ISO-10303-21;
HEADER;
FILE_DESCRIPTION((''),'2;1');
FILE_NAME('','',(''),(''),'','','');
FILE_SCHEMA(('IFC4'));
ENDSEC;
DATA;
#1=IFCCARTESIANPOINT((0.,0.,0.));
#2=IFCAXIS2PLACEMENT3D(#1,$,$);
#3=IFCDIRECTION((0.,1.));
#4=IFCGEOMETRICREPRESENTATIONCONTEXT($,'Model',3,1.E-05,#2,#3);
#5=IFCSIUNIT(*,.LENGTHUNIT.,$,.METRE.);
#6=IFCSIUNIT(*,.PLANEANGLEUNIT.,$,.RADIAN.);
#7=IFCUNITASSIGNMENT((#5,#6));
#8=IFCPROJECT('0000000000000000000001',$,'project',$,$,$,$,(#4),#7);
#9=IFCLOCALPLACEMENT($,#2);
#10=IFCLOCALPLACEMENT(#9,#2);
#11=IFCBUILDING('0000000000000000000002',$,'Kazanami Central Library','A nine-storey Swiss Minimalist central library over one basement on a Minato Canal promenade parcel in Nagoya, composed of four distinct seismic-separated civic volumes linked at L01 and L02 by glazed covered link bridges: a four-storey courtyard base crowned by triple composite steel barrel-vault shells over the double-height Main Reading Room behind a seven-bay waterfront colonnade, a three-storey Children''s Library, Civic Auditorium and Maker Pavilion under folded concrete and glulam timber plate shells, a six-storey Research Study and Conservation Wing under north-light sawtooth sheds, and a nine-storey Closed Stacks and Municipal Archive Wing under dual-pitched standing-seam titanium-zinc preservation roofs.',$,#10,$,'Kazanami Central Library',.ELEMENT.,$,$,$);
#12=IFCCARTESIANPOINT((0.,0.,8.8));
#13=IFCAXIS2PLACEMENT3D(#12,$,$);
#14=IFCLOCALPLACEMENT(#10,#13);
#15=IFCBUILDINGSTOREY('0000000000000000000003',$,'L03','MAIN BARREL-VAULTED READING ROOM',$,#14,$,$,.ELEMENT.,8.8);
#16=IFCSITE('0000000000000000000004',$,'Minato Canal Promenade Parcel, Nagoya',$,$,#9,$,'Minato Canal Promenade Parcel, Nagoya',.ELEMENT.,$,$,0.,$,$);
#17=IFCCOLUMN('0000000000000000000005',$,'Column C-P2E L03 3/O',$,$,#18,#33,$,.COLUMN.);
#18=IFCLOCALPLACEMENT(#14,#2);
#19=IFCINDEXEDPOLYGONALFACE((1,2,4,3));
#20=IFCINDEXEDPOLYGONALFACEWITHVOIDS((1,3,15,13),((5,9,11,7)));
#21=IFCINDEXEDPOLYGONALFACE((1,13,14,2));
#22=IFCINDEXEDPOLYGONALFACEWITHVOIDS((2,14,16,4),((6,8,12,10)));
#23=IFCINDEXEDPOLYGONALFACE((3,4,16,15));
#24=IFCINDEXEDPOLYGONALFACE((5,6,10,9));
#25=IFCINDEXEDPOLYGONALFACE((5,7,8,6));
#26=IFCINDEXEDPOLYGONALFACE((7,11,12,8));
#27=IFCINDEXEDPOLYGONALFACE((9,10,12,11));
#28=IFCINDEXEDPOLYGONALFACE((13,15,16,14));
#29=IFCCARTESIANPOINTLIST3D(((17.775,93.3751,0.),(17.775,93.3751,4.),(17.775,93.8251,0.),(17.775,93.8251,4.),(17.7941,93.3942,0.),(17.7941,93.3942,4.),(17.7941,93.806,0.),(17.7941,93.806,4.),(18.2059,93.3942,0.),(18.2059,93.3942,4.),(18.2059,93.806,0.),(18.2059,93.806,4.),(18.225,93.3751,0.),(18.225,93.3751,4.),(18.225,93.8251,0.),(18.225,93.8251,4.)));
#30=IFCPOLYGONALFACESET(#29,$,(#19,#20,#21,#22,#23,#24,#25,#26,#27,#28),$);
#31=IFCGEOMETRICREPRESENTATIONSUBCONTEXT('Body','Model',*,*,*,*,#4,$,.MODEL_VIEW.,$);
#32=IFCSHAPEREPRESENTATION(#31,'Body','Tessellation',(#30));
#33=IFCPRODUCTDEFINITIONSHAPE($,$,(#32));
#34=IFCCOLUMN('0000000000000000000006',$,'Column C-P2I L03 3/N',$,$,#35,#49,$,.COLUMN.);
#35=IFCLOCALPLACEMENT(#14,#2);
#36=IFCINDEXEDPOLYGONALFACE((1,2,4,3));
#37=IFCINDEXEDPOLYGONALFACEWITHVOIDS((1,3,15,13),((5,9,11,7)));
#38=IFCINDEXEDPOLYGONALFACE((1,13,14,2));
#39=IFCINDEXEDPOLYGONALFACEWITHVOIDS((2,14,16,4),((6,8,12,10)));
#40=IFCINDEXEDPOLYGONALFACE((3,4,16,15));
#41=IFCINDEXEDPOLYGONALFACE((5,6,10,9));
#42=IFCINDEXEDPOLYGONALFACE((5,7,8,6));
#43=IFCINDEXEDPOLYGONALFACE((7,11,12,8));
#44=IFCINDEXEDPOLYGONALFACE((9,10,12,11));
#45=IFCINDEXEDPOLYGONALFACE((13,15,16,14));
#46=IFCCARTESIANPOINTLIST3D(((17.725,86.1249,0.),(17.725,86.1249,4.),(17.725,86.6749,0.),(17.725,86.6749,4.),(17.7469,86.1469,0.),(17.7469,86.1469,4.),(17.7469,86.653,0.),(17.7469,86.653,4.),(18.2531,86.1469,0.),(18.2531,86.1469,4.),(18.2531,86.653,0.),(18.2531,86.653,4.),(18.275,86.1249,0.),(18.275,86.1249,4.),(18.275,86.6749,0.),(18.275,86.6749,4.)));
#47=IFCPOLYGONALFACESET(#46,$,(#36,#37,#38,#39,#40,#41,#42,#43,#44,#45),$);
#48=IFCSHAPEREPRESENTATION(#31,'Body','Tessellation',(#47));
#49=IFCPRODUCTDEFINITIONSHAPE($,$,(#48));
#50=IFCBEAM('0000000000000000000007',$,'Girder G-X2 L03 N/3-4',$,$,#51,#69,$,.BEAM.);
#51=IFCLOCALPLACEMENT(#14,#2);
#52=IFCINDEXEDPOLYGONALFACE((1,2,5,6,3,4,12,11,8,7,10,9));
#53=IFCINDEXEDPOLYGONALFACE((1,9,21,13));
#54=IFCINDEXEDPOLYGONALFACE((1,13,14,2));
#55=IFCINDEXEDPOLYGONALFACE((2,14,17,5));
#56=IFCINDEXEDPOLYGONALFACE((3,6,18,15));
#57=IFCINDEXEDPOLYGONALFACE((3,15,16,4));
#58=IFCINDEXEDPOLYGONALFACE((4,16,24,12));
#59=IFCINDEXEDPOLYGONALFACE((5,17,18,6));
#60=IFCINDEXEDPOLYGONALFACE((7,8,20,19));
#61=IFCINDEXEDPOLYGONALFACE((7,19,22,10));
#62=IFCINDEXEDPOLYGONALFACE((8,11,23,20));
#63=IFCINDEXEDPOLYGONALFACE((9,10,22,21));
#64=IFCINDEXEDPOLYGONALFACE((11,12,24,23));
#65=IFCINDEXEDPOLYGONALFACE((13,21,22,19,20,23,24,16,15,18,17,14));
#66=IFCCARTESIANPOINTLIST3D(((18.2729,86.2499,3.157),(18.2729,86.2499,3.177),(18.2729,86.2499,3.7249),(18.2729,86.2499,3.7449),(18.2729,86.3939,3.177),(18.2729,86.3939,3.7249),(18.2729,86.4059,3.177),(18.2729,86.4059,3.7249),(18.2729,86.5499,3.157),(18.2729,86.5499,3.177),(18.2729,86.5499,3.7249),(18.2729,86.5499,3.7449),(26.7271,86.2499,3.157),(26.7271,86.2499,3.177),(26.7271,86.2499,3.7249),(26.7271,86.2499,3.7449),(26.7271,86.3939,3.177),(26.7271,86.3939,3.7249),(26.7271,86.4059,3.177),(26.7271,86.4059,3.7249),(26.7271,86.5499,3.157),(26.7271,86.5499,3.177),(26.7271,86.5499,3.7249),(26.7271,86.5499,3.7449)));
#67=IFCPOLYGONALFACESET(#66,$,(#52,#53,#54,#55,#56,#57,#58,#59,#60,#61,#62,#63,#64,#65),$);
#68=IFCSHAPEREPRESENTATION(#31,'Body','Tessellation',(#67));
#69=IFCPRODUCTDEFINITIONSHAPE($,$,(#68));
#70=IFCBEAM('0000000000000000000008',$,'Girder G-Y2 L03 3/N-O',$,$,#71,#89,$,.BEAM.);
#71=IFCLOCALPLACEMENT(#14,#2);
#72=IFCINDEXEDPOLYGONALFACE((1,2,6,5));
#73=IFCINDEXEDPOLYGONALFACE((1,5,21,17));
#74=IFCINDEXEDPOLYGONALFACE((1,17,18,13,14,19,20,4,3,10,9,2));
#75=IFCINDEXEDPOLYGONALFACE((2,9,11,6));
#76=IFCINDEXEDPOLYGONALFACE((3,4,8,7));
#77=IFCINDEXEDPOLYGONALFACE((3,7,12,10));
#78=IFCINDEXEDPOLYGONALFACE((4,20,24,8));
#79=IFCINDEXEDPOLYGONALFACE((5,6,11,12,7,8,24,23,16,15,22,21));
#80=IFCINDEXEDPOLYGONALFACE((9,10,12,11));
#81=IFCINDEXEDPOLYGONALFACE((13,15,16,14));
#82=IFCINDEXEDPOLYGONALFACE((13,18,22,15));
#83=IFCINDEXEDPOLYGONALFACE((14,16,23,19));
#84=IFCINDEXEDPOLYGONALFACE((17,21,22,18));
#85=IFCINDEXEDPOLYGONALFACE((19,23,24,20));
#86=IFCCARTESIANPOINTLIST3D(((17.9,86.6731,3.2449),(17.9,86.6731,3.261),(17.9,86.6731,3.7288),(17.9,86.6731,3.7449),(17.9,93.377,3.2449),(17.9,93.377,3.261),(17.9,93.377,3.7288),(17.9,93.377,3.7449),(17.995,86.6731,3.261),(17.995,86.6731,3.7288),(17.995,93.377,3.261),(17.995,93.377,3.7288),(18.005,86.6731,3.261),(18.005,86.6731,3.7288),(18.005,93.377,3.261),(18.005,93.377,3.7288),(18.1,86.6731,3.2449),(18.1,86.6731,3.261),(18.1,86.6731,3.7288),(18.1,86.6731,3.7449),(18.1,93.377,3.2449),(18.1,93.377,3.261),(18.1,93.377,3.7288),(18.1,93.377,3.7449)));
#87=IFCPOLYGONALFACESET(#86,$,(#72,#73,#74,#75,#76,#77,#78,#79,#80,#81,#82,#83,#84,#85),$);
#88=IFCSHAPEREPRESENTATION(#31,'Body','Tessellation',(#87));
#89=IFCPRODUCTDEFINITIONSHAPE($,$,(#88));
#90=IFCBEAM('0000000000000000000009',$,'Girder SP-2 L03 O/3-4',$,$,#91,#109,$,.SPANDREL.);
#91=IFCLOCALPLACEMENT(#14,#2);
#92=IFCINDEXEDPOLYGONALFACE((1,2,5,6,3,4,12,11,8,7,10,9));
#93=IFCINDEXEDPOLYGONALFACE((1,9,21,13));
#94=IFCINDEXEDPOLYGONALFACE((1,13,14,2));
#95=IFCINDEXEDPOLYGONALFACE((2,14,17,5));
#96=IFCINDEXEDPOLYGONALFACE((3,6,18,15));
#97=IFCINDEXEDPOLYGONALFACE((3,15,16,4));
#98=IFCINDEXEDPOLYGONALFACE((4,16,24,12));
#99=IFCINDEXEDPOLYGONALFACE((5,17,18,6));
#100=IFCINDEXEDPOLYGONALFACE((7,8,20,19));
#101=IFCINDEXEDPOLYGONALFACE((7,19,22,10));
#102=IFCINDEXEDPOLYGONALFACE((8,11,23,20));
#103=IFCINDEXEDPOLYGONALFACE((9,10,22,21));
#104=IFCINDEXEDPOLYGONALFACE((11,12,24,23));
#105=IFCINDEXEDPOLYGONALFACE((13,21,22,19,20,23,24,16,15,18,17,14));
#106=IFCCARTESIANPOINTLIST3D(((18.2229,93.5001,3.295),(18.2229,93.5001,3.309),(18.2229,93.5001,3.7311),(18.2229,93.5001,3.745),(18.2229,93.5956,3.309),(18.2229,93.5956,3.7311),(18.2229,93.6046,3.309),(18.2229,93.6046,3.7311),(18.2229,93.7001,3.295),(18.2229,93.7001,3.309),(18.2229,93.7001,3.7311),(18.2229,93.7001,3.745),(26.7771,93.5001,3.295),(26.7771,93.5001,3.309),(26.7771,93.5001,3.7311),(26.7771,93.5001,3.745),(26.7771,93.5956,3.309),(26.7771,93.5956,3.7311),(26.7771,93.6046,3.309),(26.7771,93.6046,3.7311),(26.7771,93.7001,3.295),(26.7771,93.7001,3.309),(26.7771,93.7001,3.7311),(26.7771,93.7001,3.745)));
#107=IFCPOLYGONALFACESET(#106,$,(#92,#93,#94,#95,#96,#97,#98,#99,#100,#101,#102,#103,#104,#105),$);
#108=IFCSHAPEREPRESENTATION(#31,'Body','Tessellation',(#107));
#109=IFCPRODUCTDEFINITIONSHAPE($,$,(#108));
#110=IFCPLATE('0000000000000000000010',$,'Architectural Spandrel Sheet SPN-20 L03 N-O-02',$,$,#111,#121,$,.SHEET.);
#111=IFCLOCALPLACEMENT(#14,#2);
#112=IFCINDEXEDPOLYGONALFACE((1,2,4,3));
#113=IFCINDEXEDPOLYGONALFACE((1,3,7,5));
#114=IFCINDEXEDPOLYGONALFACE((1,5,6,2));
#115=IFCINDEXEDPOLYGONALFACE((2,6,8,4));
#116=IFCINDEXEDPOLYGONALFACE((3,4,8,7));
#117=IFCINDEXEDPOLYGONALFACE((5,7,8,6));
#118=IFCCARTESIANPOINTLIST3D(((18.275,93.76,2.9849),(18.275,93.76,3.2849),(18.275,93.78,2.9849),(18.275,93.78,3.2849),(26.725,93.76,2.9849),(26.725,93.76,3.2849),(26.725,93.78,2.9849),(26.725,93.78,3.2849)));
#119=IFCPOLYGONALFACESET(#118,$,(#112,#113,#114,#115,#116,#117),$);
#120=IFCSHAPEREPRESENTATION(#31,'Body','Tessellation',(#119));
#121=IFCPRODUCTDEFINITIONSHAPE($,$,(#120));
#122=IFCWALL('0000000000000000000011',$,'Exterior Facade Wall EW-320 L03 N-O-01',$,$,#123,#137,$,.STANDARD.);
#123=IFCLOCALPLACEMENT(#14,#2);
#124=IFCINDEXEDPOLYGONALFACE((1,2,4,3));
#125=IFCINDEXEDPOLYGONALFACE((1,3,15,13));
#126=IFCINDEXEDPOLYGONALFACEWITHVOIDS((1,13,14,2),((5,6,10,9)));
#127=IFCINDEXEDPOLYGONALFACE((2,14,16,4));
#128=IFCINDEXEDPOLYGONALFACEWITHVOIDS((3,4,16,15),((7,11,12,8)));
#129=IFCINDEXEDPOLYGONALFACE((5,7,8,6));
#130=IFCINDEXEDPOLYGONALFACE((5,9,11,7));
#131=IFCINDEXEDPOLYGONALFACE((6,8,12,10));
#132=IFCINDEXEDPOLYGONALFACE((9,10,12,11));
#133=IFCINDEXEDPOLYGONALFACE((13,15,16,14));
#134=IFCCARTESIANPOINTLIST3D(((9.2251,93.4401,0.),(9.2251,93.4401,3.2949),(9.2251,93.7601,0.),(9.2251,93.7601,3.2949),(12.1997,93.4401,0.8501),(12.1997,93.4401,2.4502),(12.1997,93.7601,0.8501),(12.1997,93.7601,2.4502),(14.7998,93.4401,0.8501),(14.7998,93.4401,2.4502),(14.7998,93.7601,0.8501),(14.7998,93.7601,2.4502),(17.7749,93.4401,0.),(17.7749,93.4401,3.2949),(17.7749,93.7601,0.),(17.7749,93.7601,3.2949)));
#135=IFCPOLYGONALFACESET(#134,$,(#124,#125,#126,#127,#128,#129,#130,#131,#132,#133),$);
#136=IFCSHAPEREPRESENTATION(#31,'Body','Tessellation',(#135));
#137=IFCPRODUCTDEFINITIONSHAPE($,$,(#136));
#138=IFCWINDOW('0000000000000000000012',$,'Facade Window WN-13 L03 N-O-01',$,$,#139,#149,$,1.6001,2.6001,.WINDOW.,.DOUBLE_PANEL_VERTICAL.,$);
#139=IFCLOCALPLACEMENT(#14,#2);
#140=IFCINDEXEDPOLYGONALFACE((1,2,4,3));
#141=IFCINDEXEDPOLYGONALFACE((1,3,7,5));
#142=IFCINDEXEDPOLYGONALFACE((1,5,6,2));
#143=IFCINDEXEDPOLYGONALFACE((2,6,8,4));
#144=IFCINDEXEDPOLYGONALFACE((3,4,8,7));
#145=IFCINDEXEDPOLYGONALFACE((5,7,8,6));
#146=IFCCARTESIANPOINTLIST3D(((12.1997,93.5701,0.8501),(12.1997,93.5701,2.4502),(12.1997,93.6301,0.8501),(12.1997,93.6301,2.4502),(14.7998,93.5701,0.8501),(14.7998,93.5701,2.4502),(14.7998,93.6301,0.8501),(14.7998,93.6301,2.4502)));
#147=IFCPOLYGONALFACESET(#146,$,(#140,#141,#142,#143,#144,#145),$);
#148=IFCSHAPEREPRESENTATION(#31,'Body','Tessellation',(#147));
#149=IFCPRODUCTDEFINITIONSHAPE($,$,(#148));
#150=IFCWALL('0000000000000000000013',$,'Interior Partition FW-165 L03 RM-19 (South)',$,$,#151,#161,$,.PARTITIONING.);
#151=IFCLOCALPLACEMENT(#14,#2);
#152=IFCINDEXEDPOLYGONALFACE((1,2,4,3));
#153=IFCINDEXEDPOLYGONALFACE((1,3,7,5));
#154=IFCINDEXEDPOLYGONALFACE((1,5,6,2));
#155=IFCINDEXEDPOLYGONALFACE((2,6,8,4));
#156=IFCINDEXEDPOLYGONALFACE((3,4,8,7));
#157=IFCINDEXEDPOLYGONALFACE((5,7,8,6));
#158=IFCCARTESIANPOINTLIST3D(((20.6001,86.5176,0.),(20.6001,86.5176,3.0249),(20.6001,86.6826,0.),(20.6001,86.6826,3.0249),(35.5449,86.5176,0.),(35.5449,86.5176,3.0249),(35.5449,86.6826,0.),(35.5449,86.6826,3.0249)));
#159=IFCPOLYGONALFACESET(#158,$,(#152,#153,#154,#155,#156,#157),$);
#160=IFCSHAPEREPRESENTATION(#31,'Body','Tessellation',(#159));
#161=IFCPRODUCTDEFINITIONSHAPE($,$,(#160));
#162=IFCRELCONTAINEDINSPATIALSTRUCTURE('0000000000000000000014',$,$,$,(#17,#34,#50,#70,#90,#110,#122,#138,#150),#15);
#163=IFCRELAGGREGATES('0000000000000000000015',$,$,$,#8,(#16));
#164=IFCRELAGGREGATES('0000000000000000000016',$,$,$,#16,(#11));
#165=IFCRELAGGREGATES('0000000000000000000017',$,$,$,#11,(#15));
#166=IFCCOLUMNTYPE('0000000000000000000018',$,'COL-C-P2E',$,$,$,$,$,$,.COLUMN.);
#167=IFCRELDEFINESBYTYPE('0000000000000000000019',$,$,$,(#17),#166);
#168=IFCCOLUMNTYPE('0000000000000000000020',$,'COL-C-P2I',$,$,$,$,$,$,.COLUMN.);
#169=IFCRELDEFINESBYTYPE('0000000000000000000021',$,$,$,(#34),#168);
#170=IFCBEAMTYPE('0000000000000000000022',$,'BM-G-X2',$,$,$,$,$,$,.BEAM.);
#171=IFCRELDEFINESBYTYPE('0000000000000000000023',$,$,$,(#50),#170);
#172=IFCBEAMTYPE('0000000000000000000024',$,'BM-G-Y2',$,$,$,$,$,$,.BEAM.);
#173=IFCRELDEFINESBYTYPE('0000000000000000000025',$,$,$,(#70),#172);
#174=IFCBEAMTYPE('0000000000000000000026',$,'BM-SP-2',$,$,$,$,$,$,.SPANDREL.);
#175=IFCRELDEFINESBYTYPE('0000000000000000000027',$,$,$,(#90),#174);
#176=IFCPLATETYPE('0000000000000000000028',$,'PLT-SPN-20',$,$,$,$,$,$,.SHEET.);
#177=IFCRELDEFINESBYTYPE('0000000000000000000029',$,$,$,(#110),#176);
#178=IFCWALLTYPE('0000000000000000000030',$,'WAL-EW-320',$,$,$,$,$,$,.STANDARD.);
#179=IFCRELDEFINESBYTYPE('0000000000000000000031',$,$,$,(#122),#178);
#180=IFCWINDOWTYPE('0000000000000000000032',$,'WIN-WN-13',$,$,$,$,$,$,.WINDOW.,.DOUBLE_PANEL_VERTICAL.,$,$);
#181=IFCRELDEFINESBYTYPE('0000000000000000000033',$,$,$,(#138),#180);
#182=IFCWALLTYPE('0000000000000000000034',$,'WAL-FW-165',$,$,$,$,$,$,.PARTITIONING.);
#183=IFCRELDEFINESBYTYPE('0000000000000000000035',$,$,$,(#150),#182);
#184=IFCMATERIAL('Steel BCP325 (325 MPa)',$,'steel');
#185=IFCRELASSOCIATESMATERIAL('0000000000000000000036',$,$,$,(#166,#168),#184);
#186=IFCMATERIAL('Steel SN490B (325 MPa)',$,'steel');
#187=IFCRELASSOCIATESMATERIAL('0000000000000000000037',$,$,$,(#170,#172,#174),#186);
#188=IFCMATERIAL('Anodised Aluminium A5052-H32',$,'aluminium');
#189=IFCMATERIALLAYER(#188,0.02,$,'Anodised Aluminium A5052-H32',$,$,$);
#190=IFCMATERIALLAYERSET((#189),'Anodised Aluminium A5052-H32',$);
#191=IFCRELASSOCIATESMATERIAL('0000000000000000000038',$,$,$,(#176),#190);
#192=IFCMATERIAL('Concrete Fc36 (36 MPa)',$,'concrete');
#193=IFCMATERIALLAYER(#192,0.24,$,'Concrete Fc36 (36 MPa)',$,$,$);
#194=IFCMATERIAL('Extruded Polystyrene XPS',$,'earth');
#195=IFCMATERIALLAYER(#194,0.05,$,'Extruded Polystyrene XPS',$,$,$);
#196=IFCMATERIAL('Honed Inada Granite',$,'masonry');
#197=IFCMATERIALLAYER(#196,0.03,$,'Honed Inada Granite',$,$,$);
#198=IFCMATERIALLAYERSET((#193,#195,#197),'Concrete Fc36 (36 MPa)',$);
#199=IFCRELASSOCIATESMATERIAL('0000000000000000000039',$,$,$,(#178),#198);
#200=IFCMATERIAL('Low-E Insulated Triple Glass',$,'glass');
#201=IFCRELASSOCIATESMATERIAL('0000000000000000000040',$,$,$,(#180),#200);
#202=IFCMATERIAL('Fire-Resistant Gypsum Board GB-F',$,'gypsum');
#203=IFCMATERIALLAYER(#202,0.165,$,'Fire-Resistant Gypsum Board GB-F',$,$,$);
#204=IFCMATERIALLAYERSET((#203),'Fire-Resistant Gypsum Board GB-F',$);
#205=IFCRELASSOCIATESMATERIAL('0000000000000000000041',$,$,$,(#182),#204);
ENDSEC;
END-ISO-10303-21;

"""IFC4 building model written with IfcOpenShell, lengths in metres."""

from ifc_helpers import new_model, si_unit, direction, frame, frame_2d, origin, origin_2d, place, context, subcontext, project, spatial, rectangle, hollow_rectangle, i_section, extrude, material, layer, layer_set, material_profile, profile_set, type_object, element, fill, save


model = new_model("IFC4")

# Units and contexts
model_context = context("Model", 3, precision=1e-05, world=origin(), true_north=direction((0.0, 1.0)))
body_context = subcontext(model_context, "Body", "Model", "MODEL_VIEW")
ifc_project = project(units=[si_unit("LENGTHUNIT", "METRE"), si_unit("PLANEANGLEUNIT", "RADIAN")], contexts=[model_context])

# Site, building, storey
site_placement = place(None, origin())
site = spatial("IfcSite", under=ifc_project, at=site_placement, Name="Minato Canal Promenade Parcel, Nagoya", LongName="Minato Canal Promenade Parcel, Nagoya", CompositionType="ELEMENT", RefElevation=0.0)
building_placement = place(site_placement, origin())
building = spatial("IfcBuilding", under=site, at=building_placement, Name="Kazanami Central Library", Description="A nine-storey Swiss Minimalist central library over one basement on a Minato Canal promenade parcel in Nagoya, composed of four distinct seismic-separated civic volumes linked at L01 and L02 by glazed covered link bridges: a four-storey courtyard base crowned by triple composite steel barrel-vault shells over the double-height Main Reading Room behind a seven-bay waterfront colonnade, a three-storey Children's Library, Civic Auditorium and Maker Pavilion under folded concrete and glulam timber plate shells, a six-storey Research Study and Conservation Wing under north-light sawtooth sheds, and a nine-storey Closed Stacks and Municipal Archive Wing under dual-pitched standing-seam titanium-zinc preservation roofs.", LongName="Kazanami Central Library", CompositionType="ELEMENT")
storey_placement = place(building_placement, frame((0.0, 0.0, 8.8)))
storey = spatial("IfcBuildingStorey", under=building, at=storey_placement, Name="L03", Description="MAIN BARREL-VAULTED READING ROOM", CompositionType="ELEMENT", Elevation=8.8)

# Columns
ifc_material_1 = material(Name="Steel BCP325 (325 MPa)", Category="steel")
ifc_material_profile_1 = material_profile(ifc_material_1, hollow_rectangle(XDim=0.45, YDim=0.45, WallThickness=0.019, at=origin_2d()), Name="BCP-450x450x19")
ifc_profile_set_1 = profile_set([ifc_material_profile_1], Name="Steel BCP325 (325 MPa)")
column_type_1 = type_object("IfcColumnType", Name="COL-C-P2E", PredefinedType="COLUMN", material=ifc_profile_set_1)
column_1_placement = place(storey_placement, frame((18.0, 93.6001, 0.0), z_axis=(0.0, 0.0, 1.0), x_axis=(1.0, 0.0, 0.0)))
element("IfcColumn", 1, at=column_1_placement, inside=storey, type_object=column_type_1, Name="Column C-P2E L03 3/O", PredefinedType="COLUMN", context=body_context, shape_type="SweptSolid", body=[
    extrude(hollow_rectangle(XDim=0.45, YDim=0.45, WallThickness=0.019, at=origin_2d()), origin(), (0.0, 0.0, 1.0), 4.0),
])
ifc_material_profile_2 = material_profile(ifc_material_1, hollow_rectangle(XDim=0.55, YDim=0.55, WallThickness=0.022, at=origin_2d()), Name="BCP-550x550x22")
ifc_profile_set_2 = profile_set([ifc_material_profile_2], Name="Steel BCP325 (325 MPa)")
column_type_2 = type_object("IfcColumnType", Name="COL-C-P2I", PredefinedType="COLUMN", material=ifc_profile_set_2)
column_2_placement = place(storey_placement, frame((18.0, 86.3999, 0.0), z_axis=(0.0, 0.0, 1.0), x_axis=(1.0, 0.0, 0.0)))
element("IfcColumn", 2, at=column_2_placement, inside=storey, type_object=column_type_2, Name="Column C-P2I L03 3/N", PredefinedType="COLUMN", context=body_context, shape_type="SweptSolid", body=[
    extrude(hollow_rectangle(XDim=0.55, YDim=0.55, WallThickness=0.022, at=origin_2d()), origin(), (0.0, 0.0, 1.0), 4.0),
])

# Beams
ifc_material_2 = material(Name="Steel SN490B (325 MPa)", Category="steel")
ifc_material_profile_3 = material_profile(ifc_material_2, i_section(OverallWidth=0.3, OverallDepth=0.5879, WebThickness=0.012, FlangeThickness=0.02, at=origin_2d()), Name="H-588x300x12x20")
ifc_profile_set_3 = profile_set([ifc_material_profile_3], Name="Steel SN490B (325 MPa)")
beam_type_1 = type_object("IfcBeamType", Name="BM-G-X2", PredefinedType="BEAM", material=ifc_profile_set_3)
beam_1_placement = place(storey_placement, frame((18.2729, 86.3999, 3.4509), z_axis=(1.0, 0.0, 0.0), x_axis=(0.0, 1.0, 0.0)))
element("IfcBeam", 3, at=beam_1_placement, inside=storey, type_object=beam_type_1, Name="Girder G-X2 L03 N/3-4", PredefinedType="BEAM", context=body_context, shape_type="SweptSolid", body=[
    extrude(i_section(OverallWidth=0.3, OverallDepth=0.5879, WebThickness=0.012, FlangeThickness=0.02, at=origin_2d()), origin(), (0.0, 0.0, 1.0), 8.4541),
])
ifc_material_profile_4 = material_profile(ifc_material_2, i_section(OverallWidth=0.2, OverallDepth=0.5, WebThickness=0.01, FlangeThickness=0.0161, at=origin_2d()), Name="H-500x200x10x16")
ifc_profile_set_4 = profile_set([ifc_material_profile_4], Name="Steel SN490B (325 MPa)")
beam_type_2 = type_object("IfcBeamType", Name="BM-G-Y2", PredefinedType="BEAM", material=ifc_profile_set_4)
beam_2_placement = place(storey_placement, frame((18.0, 86.6731, 3.4949), z_axis=(0.0, 1.0, 0.0), x_axis=(-1.0, 0.0, 0.0)))
element("IfcBeam", 4, at=beam_2_placement, inside=storey, type_object=beam_type_2, Name="Girder G-Y2 L03 3/N-O", PredefinedType="BEAM", context=body_context, shape_type="SweptSolid", body=[
    extrude(i_section(OverallWidth=0.2, OverallDepth=0.5, WebThickness=0.01, FlangeThickness=0.0161, at=origin_2d()), origin(), (0.0, 0.0, 1.0), 6.7039),
])
ifc_material_profile_5 = material_profile(ifc_material_2, i_section(OverallWidth=0.2, OverallDepth=0.45, WebThickness=0.009, FlangeThickness=0.0139, at=origin_2d()), Name="H-450x200x9x14")
ifc_profile_set_5 = profile_set([ifc_material_profile_5], Name="Steel SN490B (325 MPa)")
beam_type_3 = type_object("IfcBeamType", Name="BM-SP-2", PredefinedType="SPANDREL", material=ifc_profile_set_5)
beam_3_placement = place(storey_placement, frame((18.2229, 93.6001, 3.52), z_axis=(1.0, 0.0, 0.0), x_axis=(0.0, 1.0, 0.0)))
element("IfcBeam", 5, at=beam_3_placement, inside=storey, type_object=beam_type_3, Name="Girder SP-2 L03 O/3-4", PredefinedType="SPANDREL", context=body_context, shape_type="SweptSolid", body=[
    extrude(i_section(OverallWidth=0.2, OverallDepth=0.45, WebThickness=0.009, FlangeThickness=0.0139, at=origin_2d()), origin(), (0.0, 0.0, 1.0), 8.5542),
])

# Plate
ifc_material_3 = material(Name="Anodised Aluminium A5052-H32", Category="aluminium")
ifc_layer_1 = layer(ifc_material_3, 0.02, Name="Anodised Aluminium A5052-H32")
ifc_layer_set_1 = layer_set([ifc_layer_1], Name="Anodised Aluminium A5052-H32")
plate_type = type_object("IfcPlateType", Name="PLT-SPN-20", PredefinedType="SHEET", material=ifc_layer_set_1)
plate_placement = place(storey_placement, frame((22.5, 93.77, 2.9849), z_axis=(0.0, 0.0, 1.0), x_axis=(-1.0, 0.0, 0.0)))
element("IfcPlate", 6, at=plate_placement, inside=storey, type_object=plate_type, Name="Architectural Spandrel Sheet SPN-20 L03 N-O-02", PredefinedType="SHEET", context=body_context, shape_type="SweptSolid", body=[
    extrude(rectangle(XDim=8.45, YDim=0.02, at=origin_2d()), origin(), (0.0, 0.0, 1.0), 0.3),
])

# Wall, opening, window
ifc_material_4 = material(Name="Concrete Fc36 (36 MPa)", Category="concrete")
ifc_layer_2 = layer(ifc_material_4, 0.24, Name="Concrete Fc36 (36 MPa)")
ifc_material_5 = material(Name="Extruded Polystyrene XPS", Category="earth")
ifc_layer_3 = layer(ifc_material_5, 0.05, Name="Extruded Polystyrene XPS")
ifc_material_6 = material(Name="Honed Inada Granite", Category="masonry")
ifc_layer_4 = layer(ifc_material_6, 0.03, Name="Honed Inada Granite")
ifc_layer_set_2 = layer_set([ifc_layer_2, ifc_layer_3, ifc_layer_4], Name="Concrete Fc36 (36 MPa)")
wall_type_1 = type_object("IfcWallType", Name="WAL-EW-320", PredefinedType="STANDARD", material=ifc_layer_set_2)
wall_1_placement = place(storey_placement, frame((17.7749, 93.6001, 0.0), z_axis=(0.0, 0.0, 1.0), x_axis=(-1.0, 0.0, 0.0)))
wall_1 = element("IfcWall", 7, at=wall_1_placement, inside=storey, type_object=wall_type_1, Name="Exterior Facade Wall EW-320 L03 N-O-01", PredefinedType="STANDARD", context=body_context, shape_type="SweptSolid", body=[
    extrude(rectangle(XDim=8.5498, YDim=0.3201, at=frame_2d((4.2749, 0.0))), origin(), (0.0, 0.0, 1.0), 3.2949),
])
opening_1_placement = place(wall_1_placement, frame((2.9751, 0.0, 0.8501)))
opening_1 = element("IfcOpeningElement", 8, at=opening_1_placement, cuts=wall_1, PredefinedType="OPENING", context=body_context, shape_type="SweptSolid", body=[
    extrude(rectangle(XDim=2.6001, YDim=1.6001, at=frame_2d((1.3, 0.8))), frame((0.0, 0.1719, 0.0), z_axis=(0.0, -1.0, 0.0), x_axis=(1.0, 0.0, 0.0)), (0.0, 0.0, 1.0), 0.344),
])
ifc_material_7 = material(Name="Low-E Insulated Triple Glass", Category="glass")
window_type = type_object("IfcWindowType", Name="WIN-WN-13", PartitioningType="DOUBLE_PANEL_VERTICAL", PredefinedType="WINDOW", material=ifc_material_7)
window_placement = place(opening_1_placement, origin())
window = element("IfcWindow", 9, at=window_placement, inside=storey, type_object=window_type, Name="Facade Window WN-13 L03 N-O-01", OverallHeight=1.6001, OverallWidth=2.6001, PartitioningType="DOUBLE_PANEL_VERTICAL", PredefinedType="WINDOW", context=body_context, shape_type="SweptSolid", body=[
    extrude(rectangle(XDim=2.6001, YDim=1.6001, at=frame_2d((1.3, 0.8))), frame((0.0, 0.03, 0.0), z_axis=(0.0, -1.0, 0.0), x_axis=(1.0, 0.0, 0.0)), (0.0, 0.0, 1.0), 0.0601),
])
fill(opening_1, window)

# Wall
ifc_material_8 = material(Name="Fire-Resistant Gypsum Board GB-F", Category="gypsum")
ifc_layer_5 = layer(ifc_material_8, 0.165, Name="Fire-Resistant Gypsum Board GB-F")
ifc_layer_set_3 = layer_set([ifc_layer_5], Name="Fire-Resistant Gypsum Board GB-F")
wall_type_2 = type_object("IfcWallType", Name="WAL-FW-165", PredefinedType="PARTITIONING", material=ifc_layer_set_3)
wall_2_placement = place(storey_placement, frame((20.6001, 86.6001, 0.0), z_axis=(0.0, 0.0, 1.0), x_axis=(1.0, 0.0, 0.0)))
element("IfcWall", 10, at=wall_2_placement, inside=storey, type_object=wall_type_2, Name="Interior Partition FW-165 L03 RM-19 (South)", PredefinedType="PARTITIONING", context=body_context, shape_type="SweptSolid", body=[
    extrude(rectangle(XDim=14.9448, YDim=0.165, at=frame_2d((7.4724, 0.0))), origin(), (0.0, 0.0, 1.0), 3.0249),
])

save(model, "model.ifc")
